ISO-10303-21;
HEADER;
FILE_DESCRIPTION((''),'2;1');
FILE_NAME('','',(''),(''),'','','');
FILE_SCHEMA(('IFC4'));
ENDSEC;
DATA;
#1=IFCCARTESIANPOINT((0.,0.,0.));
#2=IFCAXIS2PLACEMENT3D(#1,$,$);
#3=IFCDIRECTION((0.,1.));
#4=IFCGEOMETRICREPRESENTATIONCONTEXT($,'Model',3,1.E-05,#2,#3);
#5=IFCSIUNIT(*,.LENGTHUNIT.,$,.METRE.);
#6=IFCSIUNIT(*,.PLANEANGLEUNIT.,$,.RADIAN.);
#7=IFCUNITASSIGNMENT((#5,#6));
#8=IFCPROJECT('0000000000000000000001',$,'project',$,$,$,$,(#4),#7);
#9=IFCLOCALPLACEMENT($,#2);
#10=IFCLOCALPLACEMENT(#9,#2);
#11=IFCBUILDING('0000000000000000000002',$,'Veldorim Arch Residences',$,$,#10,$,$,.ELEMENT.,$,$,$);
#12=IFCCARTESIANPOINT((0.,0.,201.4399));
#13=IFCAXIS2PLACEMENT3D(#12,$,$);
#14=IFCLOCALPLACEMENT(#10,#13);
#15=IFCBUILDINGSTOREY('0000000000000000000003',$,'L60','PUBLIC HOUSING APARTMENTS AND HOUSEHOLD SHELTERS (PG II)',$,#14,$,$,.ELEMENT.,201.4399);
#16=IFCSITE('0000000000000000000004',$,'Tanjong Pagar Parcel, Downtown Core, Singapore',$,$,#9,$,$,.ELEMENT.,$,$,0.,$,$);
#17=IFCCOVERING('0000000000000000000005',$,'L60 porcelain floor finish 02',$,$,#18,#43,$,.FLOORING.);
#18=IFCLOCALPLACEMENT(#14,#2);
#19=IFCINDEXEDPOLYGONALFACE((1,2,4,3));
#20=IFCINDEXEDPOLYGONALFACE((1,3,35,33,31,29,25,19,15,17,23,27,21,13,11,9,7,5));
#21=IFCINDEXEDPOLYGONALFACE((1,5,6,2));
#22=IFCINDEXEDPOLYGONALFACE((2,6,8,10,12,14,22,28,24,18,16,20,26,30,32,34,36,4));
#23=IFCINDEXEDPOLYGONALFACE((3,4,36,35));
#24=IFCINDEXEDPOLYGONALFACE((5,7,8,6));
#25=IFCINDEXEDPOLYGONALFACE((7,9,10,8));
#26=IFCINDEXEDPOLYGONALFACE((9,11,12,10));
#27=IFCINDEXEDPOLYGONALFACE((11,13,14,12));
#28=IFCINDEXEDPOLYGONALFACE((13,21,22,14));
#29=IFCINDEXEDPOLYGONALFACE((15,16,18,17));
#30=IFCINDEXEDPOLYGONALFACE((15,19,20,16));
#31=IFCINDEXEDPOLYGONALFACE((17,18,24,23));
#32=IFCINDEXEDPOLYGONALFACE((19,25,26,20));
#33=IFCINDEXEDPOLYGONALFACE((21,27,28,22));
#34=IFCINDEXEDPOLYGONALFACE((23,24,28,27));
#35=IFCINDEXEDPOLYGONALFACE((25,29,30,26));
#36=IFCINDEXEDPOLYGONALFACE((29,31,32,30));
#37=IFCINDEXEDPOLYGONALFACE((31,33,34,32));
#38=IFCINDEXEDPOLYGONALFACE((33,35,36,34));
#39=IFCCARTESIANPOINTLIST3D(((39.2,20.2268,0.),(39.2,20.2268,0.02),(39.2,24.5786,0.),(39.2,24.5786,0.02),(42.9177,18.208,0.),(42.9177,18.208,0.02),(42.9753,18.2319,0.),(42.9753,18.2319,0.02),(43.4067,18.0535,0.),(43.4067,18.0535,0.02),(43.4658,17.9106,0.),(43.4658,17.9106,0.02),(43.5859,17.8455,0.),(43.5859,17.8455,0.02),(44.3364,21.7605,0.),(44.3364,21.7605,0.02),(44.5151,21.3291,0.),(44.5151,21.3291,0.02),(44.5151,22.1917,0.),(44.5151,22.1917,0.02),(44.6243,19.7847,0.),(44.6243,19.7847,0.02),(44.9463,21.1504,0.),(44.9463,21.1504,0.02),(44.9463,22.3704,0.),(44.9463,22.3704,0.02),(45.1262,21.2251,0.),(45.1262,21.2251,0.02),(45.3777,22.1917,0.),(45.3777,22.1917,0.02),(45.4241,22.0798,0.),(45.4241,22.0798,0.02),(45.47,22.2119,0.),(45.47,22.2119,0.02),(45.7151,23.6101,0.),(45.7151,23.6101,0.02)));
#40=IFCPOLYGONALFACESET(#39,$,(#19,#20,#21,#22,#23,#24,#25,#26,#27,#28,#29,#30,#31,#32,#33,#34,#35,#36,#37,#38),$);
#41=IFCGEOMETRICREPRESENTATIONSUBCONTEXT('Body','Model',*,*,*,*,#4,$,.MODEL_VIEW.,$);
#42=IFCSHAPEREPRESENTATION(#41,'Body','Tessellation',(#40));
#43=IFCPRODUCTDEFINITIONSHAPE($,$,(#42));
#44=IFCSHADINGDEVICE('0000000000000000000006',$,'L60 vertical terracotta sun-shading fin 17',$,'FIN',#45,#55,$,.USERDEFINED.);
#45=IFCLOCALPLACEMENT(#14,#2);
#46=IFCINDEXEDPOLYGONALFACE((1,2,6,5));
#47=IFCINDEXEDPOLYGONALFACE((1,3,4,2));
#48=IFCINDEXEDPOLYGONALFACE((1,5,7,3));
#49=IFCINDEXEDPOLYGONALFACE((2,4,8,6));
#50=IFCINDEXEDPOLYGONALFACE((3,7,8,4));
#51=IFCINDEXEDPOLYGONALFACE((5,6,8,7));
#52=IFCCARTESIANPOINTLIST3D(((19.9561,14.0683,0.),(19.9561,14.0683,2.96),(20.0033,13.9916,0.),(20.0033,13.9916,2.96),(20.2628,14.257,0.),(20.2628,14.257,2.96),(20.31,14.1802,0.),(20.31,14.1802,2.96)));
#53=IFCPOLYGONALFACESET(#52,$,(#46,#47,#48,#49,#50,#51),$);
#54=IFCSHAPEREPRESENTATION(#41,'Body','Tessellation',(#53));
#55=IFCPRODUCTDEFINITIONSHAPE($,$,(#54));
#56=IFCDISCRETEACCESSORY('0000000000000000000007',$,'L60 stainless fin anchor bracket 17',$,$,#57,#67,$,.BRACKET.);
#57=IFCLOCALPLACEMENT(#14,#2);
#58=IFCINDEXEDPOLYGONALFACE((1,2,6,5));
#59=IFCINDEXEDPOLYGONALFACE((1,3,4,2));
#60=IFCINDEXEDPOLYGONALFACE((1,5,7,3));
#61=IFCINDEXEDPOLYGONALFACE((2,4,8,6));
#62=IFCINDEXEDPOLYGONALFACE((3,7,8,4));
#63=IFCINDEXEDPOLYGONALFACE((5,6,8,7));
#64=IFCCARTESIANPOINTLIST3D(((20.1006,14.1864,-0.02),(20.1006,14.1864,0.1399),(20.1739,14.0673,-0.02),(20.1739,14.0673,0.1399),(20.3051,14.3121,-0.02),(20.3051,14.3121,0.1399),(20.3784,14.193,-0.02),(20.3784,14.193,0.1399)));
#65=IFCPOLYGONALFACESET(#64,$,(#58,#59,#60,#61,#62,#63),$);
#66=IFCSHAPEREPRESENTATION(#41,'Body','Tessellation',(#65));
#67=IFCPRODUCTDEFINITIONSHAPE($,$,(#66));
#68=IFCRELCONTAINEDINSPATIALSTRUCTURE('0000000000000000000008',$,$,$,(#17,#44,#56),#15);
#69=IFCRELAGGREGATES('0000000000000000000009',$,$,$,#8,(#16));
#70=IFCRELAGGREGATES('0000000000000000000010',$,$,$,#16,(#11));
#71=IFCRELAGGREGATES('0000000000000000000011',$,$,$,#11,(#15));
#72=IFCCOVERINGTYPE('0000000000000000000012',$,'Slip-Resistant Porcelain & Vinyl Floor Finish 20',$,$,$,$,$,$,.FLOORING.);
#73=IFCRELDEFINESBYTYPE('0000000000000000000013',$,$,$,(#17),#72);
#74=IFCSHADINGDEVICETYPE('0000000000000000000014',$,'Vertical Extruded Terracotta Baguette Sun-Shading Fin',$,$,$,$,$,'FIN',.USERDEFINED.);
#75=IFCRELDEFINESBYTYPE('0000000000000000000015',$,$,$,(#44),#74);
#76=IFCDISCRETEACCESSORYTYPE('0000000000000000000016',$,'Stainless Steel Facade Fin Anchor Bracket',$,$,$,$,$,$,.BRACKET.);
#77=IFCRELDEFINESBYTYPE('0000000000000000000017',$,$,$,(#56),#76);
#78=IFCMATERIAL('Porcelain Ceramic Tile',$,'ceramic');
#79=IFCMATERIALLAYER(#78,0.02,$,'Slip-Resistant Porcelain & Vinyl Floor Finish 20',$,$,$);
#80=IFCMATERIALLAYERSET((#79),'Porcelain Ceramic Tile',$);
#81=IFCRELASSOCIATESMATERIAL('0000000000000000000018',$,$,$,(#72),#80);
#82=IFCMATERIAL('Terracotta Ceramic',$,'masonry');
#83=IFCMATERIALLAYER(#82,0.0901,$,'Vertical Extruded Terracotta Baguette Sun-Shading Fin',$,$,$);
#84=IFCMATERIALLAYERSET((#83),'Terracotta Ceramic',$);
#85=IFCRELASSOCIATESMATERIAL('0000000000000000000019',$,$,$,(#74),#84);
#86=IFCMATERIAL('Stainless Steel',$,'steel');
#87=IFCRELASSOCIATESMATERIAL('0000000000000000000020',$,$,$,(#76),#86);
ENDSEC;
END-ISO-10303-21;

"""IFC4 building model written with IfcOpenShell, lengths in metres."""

from ifc_helpers import new_model, si_unit, direction, frame, origin, origin_2d, place, context, subcontext, project, spatial, polyline, rectangle, outline, extrude, material, layer, layer_set, type_object, element, save


model = new_model("IFC4")

# Units and contexts
model_context = context("Model", 3, precision=1e-05, world=origin(), true_north=direction((0.0, 1.0)))
body_context = subcontext(model_context, "Body", "Model", "MODEL_VIEW")
ifc_project = project(units=[si_unit("LENGTHUNIT", "METRE"), si_unit("PLANEANGLEUNIT", "RADIAN")], contexts=[model_context])

# Site, building, storey
site_placement = place(None, origin())
site = spatial("IfcSite", under=ifc_project, at=site_placement, Name="Tanjong Pagar Parcel, Downtown Core, Singapore", CompositionType="ELEMENT", RefElevation=0.0)
building_placement = place(site_placement, origin())
building = spatial("IfcBuilding", under=site, at=building_placement, Name="Veldorim Arch Residences", CompositionType="ELEMENT")
storey_placement = place(building_placement, frame((0.0, 0.0, 201.4399)))
storey = spatial("IfcBuildingStorey", under=building, at=storey_placement, Name="L60", Description="PUBLIC HOUSING APARTMENTS AND HOUSEHOLD SHELTERS (PG II)", CompositionType="ELEMENT", Elevation=201.4399)

# Covering
ifc_material_1 = material(Name="Porcelain Ceramic Tile", Category="ceramic")
ifc_layer_1 = layer(ifc_material_1, 0.02, Name="Slip-Resistant Porcelain & Vinyl Floor Finish 20")
ifc_layer_set_1 = layer_set([ifc_layer_1], Name="Porcelain Ceramic Tile")
covering_type_1 = type_object("IfcCoveringType", Name="Slip-Resistant Porcelain & Vinyl Floor Finish 20", PredefinedType="FLOORING", material=ifc_layer_set_1)
covering_1_placement = place(storey_placement, origin())
element("IfcCovering", 1, at=covering_1_placement, inside=storey, type_object=covering_type_1, Name="L60 porcelain floor finish 02", PredefinedType="FLOORING", context=body_context, shape_type="SweptSolid", body=[
    extrude(outline(polyline([(44.6243, 19.7847), (43.5859, 17.8455), (43.4658, 17.9106), (43.4067, 18.0535), (42.9753, 18.2319), (42.9177, 18.208), (39.2, 20.2268), (39.2, 24.5786), (45.7151, 23.6101), (45.47, 22.2119), (45.4241, 22.0798), (45.3777, 22.1917), (44.9463, 22.3704), (44.5151, 22.1917), (44.3364, 21.7605), (44.5151, 21.3291), (44.9463, 21.1504), (45.1262, 21.2251), (44.6243, 19.7847)])), origin(), (0.0, 0.0, 1.0), 0.02),
])

# Shading device
ifc_material_2 = material(Name="Terracotta Ceramic", Category="masonry")
ifc_layer_2 = layer(ifc_material_2, 0.0901, Name="Vertical Extruded Terracotta Baguette Sun-Shading Fin")
ifc_layer_set_2 = layer_set([ifc_layer_2], Name="Terracotta Ceramic")
shading_device_type = type_object("IfcShadingDeviceType", Name="Vertical Extruded Terracotta Baguette Sun-Shading Fin", ElementType="FIN", PredefinedType="USERDEFINED", material=ifc_layer_set_2)
shading_device_placement = place(storey_placement, frame((20.1331, 14.1243, 0.0), z_axis=(0.0, 0.0, 1.0), x_axis=(-0.523837, 0.851818, 0.0)))
element("IfcShadingDevice", 2, at=shading_device_placement, inside=storey, type_object=shading_device_type, Name="L60 vertical terracotta sun-shading fin 17", ObjectType="FIN", PredefinedType="USERDEFINED", context=body_context, shape_type="SweptSolid", body=[
    extrude(rectangle(XDim=0.0901, YDim=0.3601, at=origin_2d()), origin(), (0.0, 0.0, 1.0), 2.96),
])

# Discrete accessory
ifc_material_3 = material(Name="Stainless Steel", Category="steel")
discrete_accessory_type = type_object("IfcDiscreteAccessoryType", Name="Stainless Steel Facade Fin Anchor Bracket", PredefinedType="BRACKET", material=ifc_material_3)
discrete_accessory_placement = place(storey_placement, frame((20.2395, 14.1897, -0.02), z_axis=(0.0, 0.0, 1.0), x_axis=(-0.523837, 0.851818, 0.0)))
element("IfcDiscreteAccessory", 3, at=discrete_accessory_placement, inside=storey, type_object=discrete_accessory_type, Name="L60 stainless fin anchor bracket 17", PredefinedType="BRACKET", context=body_context, shape_type="SweptSolid", body=[
    extrude(rectangle(XDim=0.1399, YDim=0.24, at=origin_2d()), origin(), (0.0, 0.0, 1.0), 0.1599),
])

save(model, "model.ifc")
